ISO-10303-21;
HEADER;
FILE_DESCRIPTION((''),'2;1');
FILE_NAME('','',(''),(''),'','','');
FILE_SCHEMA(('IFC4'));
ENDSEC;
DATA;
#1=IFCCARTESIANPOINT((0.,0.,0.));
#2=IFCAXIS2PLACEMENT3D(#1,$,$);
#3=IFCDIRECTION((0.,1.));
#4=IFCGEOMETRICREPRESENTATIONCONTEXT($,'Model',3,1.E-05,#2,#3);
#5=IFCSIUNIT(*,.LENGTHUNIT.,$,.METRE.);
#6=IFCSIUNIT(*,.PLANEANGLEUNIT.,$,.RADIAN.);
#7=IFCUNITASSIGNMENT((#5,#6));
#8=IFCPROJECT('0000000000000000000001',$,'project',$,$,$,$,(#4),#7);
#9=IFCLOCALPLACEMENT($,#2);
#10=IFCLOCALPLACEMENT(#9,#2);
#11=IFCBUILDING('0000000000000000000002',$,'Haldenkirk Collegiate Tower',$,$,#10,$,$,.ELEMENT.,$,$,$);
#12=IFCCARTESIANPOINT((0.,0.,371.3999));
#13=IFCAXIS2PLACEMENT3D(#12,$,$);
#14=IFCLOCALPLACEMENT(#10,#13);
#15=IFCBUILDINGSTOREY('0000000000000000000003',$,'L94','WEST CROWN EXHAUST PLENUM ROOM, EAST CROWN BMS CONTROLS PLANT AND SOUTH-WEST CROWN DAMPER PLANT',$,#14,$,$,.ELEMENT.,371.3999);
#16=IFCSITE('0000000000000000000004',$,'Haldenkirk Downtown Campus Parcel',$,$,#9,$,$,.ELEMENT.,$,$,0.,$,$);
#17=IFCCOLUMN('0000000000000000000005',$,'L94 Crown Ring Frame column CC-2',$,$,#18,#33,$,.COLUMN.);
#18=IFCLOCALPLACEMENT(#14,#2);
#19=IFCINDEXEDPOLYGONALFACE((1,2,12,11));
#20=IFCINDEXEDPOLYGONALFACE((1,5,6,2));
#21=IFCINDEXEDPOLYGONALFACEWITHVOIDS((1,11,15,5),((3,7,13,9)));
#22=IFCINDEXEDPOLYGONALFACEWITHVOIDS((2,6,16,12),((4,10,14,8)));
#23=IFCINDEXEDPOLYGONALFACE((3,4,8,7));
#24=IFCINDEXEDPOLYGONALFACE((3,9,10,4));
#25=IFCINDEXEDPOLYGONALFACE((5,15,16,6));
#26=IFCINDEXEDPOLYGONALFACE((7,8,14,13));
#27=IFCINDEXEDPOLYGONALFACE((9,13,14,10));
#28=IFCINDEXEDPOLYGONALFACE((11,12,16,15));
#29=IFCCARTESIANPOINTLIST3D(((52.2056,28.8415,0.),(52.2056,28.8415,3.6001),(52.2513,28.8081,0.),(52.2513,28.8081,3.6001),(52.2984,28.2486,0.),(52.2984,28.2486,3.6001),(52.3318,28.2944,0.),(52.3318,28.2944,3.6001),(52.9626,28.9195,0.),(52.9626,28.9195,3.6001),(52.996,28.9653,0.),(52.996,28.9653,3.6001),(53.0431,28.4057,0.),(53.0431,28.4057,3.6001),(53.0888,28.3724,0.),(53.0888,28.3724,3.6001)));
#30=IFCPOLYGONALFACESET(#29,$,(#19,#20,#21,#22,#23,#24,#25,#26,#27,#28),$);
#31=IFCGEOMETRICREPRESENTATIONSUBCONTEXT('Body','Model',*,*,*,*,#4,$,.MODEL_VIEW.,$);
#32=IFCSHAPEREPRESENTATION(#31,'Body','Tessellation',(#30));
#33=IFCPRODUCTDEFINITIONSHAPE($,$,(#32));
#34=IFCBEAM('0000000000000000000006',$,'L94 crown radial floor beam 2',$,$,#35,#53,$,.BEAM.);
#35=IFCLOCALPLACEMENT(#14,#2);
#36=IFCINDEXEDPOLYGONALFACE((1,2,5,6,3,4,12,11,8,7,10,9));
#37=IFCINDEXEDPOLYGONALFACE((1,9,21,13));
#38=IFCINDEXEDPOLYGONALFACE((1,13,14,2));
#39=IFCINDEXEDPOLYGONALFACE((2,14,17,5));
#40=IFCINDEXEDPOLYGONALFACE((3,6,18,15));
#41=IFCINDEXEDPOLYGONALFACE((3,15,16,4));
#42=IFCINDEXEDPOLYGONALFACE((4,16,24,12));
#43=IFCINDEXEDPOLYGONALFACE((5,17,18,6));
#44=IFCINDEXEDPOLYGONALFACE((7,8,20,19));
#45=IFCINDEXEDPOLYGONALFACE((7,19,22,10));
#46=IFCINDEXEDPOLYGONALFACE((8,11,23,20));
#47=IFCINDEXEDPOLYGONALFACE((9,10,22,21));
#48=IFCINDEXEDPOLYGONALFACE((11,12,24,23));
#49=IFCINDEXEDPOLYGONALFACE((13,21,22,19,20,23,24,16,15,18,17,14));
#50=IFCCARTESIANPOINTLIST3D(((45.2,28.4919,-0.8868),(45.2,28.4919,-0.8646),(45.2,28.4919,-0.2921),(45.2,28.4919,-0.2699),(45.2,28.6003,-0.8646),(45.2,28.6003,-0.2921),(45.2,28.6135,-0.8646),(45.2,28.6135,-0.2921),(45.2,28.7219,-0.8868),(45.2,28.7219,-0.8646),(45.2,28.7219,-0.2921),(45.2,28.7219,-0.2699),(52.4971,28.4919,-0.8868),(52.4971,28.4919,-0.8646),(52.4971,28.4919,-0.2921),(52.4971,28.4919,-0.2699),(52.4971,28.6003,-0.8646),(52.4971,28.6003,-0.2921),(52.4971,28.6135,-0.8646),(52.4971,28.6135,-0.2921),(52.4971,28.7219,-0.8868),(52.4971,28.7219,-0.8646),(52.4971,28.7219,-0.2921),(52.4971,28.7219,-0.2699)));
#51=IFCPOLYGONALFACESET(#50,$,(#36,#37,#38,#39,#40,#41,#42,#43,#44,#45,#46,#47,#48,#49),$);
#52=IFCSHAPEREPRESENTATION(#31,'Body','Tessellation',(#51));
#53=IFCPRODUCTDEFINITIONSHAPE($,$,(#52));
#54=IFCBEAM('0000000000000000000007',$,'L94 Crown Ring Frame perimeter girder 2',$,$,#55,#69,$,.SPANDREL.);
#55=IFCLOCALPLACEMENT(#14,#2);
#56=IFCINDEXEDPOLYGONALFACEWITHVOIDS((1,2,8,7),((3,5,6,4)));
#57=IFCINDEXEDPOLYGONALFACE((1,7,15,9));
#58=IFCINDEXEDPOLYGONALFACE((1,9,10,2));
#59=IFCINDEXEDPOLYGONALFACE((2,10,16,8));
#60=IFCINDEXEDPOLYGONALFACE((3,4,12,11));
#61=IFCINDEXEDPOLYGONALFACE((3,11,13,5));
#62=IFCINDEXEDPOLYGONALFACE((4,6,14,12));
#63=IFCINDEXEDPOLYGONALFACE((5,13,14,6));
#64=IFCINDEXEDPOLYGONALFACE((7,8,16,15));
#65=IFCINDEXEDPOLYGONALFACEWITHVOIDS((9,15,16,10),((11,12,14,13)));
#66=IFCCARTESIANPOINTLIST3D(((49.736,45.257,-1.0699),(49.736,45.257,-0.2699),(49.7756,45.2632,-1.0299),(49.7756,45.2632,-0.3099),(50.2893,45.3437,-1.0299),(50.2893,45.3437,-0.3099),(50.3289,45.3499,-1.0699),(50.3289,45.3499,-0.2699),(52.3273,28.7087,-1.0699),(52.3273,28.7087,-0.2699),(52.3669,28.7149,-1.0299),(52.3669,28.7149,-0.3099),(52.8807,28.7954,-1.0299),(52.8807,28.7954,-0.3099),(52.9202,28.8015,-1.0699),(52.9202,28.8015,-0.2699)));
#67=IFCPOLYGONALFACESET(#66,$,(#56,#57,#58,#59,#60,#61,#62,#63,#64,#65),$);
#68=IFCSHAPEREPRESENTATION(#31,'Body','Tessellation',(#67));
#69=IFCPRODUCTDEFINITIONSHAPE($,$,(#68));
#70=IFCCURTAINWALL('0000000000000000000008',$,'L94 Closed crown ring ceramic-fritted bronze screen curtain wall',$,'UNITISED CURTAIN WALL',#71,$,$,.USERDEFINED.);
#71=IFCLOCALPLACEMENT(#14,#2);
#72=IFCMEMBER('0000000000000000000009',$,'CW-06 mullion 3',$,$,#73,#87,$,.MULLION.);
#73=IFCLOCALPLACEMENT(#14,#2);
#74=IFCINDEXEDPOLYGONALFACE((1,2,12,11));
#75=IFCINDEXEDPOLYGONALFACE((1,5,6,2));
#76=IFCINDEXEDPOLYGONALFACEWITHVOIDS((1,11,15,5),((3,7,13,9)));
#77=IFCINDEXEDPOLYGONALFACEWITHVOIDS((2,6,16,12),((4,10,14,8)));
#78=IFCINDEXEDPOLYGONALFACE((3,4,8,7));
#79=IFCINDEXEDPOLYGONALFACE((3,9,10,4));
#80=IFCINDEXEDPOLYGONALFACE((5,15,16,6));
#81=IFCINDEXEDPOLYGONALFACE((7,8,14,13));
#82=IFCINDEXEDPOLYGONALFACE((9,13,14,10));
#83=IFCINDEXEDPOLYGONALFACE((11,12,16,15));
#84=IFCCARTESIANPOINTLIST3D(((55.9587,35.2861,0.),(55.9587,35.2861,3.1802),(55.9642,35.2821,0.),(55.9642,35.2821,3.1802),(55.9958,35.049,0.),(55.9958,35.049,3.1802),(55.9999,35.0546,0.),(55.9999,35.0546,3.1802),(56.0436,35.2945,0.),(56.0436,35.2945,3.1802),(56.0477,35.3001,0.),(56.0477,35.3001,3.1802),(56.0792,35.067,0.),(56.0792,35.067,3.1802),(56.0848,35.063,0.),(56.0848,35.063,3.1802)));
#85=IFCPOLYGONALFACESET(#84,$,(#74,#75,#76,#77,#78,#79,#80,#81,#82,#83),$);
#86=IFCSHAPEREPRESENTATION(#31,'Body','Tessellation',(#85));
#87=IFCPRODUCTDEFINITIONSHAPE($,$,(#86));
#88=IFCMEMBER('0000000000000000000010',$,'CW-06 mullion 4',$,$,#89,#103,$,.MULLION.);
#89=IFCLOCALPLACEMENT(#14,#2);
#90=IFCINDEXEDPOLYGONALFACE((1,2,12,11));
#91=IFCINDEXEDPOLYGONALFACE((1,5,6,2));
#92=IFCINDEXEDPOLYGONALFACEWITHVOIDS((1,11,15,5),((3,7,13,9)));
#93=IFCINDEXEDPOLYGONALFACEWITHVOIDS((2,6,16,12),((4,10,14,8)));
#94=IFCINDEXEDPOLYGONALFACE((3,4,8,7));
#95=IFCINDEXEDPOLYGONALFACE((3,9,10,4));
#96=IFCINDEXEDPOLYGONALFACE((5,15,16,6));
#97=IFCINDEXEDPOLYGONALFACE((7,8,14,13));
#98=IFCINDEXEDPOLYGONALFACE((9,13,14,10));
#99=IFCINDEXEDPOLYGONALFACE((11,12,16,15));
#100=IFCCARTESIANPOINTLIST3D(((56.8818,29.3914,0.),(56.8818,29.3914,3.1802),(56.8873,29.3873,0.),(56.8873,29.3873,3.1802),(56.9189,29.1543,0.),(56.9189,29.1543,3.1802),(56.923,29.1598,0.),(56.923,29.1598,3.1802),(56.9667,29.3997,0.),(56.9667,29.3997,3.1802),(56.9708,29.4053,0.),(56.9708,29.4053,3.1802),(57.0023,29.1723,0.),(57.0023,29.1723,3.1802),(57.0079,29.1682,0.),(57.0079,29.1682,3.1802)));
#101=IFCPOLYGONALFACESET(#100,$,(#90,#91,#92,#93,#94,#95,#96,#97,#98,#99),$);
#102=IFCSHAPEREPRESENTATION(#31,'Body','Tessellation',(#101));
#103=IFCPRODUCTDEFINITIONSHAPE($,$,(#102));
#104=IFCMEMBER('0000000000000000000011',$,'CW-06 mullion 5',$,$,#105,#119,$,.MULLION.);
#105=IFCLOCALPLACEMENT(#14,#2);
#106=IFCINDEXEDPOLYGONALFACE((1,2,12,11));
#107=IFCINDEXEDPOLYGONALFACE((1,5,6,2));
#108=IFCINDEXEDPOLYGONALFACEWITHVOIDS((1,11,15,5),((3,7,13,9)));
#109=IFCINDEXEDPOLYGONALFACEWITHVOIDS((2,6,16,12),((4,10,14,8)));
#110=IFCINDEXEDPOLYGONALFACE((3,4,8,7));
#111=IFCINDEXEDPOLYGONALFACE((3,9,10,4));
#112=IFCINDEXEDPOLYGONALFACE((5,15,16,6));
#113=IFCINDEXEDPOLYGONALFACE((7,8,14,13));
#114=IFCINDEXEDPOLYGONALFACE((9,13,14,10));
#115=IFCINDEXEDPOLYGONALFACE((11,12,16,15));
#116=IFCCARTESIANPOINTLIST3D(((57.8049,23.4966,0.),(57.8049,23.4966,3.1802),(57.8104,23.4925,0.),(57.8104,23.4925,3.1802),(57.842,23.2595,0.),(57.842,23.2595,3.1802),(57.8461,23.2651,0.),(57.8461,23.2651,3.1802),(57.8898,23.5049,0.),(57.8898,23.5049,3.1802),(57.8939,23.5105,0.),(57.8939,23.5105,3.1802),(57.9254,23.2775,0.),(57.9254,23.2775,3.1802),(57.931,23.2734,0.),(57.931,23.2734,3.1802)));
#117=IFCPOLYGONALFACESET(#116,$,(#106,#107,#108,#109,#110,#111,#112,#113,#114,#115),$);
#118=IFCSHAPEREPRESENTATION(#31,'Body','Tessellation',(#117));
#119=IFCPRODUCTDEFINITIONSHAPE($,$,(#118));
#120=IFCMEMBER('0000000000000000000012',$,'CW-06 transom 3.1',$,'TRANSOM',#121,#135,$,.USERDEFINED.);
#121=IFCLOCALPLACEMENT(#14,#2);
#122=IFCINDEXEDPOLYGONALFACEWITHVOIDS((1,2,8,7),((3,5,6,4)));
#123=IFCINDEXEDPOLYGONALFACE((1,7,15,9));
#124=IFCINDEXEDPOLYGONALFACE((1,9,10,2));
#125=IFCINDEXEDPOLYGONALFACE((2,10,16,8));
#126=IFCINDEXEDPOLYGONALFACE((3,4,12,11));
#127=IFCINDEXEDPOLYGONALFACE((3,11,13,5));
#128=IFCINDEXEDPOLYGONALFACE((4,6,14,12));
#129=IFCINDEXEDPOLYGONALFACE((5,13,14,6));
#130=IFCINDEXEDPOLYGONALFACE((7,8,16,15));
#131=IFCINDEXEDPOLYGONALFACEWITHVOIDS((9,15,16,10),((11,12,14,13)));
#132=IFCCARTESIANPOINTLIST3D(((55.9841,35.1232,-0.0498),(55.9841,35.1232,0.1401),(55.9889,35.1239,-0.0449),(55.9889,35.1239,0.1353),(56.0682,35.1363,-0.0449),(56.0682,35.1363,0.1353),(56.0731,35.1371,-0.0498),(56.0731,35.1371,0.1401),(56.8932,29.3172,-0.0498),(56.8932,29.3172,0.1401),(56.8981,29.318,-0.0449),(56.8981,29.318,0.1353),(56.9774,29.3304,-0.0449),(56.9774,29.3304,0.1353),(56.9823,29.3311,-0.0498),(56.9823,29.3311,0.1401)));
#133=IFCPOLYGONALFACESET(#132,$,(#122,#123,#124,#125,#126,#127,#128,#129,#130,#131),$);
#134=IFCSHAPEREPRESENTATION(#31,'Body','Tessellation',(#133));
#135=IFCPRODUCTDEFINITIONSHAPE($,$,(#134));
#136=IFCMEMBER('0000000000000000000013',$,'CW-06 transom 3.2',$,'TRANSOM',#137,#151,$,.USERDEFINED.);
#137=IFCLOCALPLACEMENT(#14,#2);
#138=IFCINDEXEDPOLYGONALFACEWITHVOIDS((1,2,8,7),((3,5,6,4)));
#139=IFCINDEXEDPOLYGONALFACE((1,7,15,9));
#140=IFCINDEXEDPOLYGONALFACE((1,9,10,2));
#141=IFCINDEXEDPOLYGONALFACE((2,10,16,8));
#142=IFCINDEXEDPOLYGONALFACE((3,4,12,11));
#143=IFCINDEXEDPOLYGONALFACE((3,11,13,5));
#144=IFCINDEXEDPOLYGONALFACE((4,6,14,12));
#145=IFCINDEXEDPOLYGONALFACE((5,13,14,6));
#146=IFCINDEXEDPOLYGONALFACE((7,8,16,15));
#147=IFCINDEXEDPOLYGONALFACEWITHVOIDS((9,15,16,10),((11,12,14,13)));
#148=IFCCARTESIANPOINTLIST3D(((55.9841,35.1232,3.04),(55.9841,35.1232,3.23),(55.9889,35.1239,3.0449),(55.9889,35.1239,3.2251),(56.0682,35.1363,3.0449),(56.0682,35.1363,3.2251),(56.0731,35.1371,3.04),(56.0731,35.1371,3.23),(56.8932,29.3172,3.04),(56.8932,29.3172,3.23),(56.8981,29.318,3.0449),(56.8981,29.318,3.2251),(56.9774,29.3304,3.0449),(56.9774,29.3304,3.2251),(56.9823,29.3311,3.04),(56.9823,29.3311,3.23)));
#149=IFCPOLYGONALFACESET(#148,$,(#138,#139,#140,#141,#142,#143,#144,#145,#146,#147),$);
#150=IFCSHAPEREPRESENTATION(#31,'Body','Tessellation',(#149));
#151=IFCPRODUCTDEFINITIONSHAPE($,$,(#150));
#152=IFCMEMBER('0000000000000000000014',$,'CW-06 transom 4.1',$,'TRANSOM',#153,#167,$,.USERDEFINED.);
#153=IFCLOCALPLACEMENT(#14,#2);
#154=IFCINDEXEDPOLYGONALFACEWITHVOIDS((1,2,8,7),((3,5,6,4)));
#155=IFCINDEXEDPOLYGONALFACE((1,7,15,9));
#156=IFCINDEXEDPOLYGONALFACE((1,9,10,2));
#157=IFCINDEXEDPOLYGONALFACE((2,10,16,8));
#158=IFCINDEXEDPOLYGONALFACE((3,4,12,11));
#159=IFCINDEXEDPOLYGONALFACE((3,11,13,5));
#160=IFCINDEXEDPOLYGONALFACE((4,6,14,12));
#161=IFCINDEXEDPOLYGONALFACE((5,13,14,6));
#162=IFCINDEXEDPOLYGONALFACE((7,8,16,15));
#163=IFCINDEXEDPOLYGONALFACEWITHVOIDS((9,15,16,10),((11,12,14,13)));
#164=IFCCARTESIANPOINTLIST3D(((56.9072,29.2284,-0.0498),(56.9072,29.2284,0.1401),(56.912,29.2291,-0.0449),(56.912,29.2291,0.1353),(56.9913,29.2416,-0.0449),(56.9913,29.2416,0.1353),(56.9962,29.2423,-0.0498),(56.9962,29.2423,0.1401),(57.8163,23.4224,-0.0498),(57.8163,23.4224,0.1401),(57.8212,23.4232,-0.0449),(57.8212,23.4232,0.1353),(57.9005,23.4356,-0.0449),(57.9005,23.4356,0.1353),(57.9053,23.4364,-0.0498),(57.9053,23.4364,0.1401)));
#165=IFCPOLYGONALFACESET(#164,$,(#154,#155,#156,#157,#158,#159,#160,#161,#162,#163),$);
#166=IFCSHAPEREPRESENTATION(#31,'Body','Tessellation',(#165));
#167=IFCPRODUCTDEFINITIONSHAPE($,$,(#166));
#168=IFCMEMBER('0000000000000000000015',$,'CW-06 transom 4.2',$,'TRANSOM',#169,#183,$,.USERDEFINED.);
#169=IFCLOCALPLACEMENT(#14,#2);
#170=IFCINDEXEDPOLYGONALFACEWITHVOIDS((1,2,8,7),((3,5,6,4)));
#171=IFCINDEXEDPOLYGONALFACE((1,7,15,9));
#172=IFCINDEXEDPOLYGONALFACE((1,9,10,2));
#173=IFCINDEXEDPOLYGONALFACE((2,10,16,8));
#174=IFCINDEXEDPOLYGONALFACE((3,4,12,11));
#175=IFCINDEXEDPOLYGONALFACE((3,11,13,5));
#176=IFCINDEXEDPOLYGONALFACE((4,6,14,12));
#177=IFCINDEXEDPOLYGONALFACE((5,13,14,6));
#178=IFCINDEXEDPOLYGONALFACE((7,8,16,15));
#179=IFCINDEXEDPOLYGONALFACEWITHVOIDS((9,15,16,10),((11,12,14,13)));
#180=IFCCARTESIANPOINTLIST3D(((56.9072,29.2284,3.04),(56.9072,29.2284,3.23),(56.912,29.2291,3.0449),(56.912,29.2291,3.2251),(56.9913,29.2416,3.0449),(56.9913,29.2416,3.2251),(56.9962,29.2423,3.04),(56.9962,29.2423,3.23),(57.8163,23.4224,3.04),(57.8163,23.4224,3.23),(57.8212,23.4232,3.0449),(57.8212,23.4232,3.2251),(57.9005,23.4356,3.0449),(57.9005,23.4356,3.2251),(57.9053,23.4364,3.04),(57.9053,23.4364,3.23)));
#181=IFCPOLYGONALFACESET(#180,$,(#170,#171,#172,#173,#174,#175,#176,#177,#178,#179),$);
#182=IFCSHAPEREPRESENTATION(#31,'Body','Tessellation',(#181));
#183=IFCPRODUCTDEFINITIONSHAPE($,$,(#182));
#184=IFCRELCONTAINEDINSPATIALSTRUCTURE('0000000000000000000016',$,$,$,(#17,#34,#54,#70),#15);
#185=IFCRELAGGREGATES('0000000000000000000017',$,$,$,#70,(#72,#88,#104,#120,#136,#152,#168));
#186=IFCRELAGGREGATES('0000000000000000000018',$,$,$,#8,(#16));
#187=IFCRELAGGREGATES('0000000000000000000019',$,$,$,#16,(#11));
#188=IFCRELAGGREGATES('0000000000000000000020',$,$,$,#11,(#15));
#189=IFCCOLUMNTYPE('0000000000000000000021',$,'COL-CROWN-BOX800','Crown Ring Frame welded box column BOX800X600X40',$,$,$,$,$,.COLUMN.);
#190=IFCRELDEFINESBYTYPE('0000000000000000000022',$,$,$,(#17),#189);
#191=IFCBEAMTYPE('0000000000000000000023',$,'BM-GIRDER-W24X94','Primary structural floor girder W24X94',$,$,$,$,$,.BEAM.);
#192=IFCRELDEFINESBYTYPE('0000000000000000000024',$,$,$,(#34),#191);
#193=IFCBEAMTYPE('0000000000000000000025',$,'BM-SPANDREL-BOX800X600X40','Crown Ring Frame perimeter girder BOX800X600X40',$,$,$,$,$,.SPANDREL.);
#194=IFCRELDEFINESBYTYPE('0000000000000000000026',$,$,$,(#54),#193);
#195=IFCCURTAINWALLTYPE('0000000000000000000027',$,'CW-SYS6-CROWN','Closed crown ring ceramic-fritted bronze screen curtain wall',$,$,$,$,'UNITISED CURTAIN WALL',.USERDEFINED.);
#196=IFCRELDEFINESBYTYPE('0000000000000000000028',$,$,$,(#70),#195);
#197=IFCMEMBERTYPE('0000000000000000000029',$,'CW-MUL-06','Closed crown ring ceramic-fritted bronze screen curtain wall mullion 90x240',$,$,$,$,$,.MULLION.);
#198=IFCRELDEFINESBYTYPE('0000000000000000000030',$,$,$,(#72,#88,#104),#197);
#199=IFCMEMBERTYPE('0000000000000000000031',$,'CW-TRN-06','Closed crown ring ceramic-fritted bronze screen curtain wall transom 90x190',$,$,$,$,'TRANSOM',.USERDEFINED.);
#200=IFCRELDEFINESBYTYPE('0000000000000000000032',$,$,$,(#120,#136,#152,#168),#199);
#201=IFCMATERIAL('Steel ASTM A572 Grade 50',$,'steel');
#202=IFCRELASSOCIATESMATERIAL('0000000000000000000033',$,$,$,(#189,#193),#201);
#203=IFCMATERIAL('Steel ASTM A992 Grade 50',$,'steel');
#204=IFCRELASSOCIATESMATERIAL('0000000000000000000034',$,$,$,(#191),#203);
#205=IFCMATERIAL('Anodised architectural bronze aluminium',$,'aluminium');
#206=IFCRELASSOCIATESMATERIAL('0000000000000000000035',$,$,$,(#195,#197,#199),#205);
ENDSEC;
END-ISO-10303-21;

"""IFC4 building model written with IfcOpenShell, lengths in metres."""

from ifc_helpers import new_model, si_unit, direction, frame, origin, origin_2d, place, context, subcontext, project, spatial, hollow_rectangle, i_section, extrude, material, material_profile, profile_set, type_object, element, aggregate, save


model = new_model("IFC4")

# Units and contexts
model_context = context("Model", 3, precision=1e-05, world=origin(), true_north=direction((0.0, 1.0)))
body_context = subcontext(model_context, "Body", "Model", "MODEL_VIEW")
ifc_project = project(units=[si_unit("LENGTHUNIT", "METRE"), si_unit("PLANEANGLEUNIT", "RADIAN")], contexts=[model_context])

# Site, building, storey
site_placement = place(None, origin())
site = spatial("IfcSite", under=ifc_project, at=site_placement, Name="Haldenkirk Downtown Campus Parcel", CompositionType="ELEMENT", RefElevation=0.0)
building_placement = place(site_placement, origin())
building = spatial("IfcBuilding", under=site, at=building_placement, Name="Haldenkirk Collegiate Tower", CompositionType="ELEMENT")
storey_placement = place(building_placement, frame((0.0, 0.0, 371.3999)))
storey = spatial("IfcBuildingStorey", under=building, at=storey_placement, Name="L94", Description="WEST CROWN EXHAUST PLENUM ROOM, EAST CROWN BMS CONTROLS PLANT AND SOUTH-WEST CROWN DAMPER PLANT", CompositionType="ELEMENT", Elevation=371.3999)

# Column
ifc_material_1 = material(Name="Steel ASTM A572 Grade 50", Category="steel")
ifc_material_profile_1 = material_profile(ifc_material_1, hollow_rectangle(XDim=0.6001, YDim=0.8, WallThickness=0.04, at=origin_2d()), Name="BOX800X600X40")
ifc_profile_set_1 = profile_set([ifc_material_profile_1], Name="Steel ASTM A572 Grade 50")
column_type = type_object("IfcColumnType", Name="COL-CROWN-BOX800", Description="Crown Ring Frame welded box column BOX800X600X40", PredefinedType="COLUMN", material=ifc_profile_set_1)
column_placement = place(storey_placement, frame((52.6472, 28.6069, 0.0), z_axis=(0.0, 0.0, 1.0), x_axis=(-0.15471, 0.98796, 0.0)))
element("IfcColumn", 1, at=column_placement, inside=storey, type_object=column_type, Name="L94 Crown Ring Frame column CC-2", PredefinedType="COLUMN", context=body_context, shape_type="SweptSolid", body=[
    extrude(hollow_rectangle(XDim=0.6001, YDim=0.8, WallThickness=0.04, at=origin_2d()), origin(), (0.0, 0.0, 1.0), 3.6001),
])

# Beams
ifc_material_2 = material(Name="Steel ASTM A992 Grade 50", Category="steel")
ifc_material_profile_2 = material_profile(ifc_material_2, i_section(OverallWidth=0.23, OverallDepth=0.6169, WebThickness=0.0132, FlangeThickness=0.0222, at=origin_2d()), Name="W24X94")
ifc_profile_set_2 = profile_set([ifc_material_profile_2], Name="Steel ASTM A992 Grade 50")
beam_type_1 = type_object("IfcBeamType", Name="BM-GIRDER-W24X94", Description="Primary structural floor girder W24X94", PredefinedType="BEAM", material=ifc_profile_set_2)
beam_1_placement = place(storey_placement, frame((52.4971, 28.6069, -0.5784), z_axis=(-1.0, 0.0, 0.0), x_axis=(0.0, -1.0, 0.0)))
element("IfcBeam", 2, at=beam_1_placement, inside=storey, type_object=beam_type_1, Name="L94 crown radial floor beam 2", PredefinedType="BEAM", context=body_context, shape_type="SweptSolid", body=[
    extrude(i_section(OverallWidth=0.23, OverallDepth=0.6169, WebThickness=0.0132, FlangeThickness=0.0222, at=origin_2d()), origin(), (0.0, 0.0, 1.0), 7.2971),
])
ifc_material_profile_3 = material_profile(ifc_material_1, hollow_rectangle(XDim=0.6001, YDim=0.8, WallThickness=0.04, at=origin_2d()), Name="BOX800X600X40")
ifc_profile_set_3 = profile_set([ifc_material_profile_3], Name="Steel ASTM A572 Grade 50")
beam_type_2 = type_object("IfcBeamType", Name="BM-SPANDREL-BOX800X600X40", Description="Crown Ring Frame perimeter girder BOX800X600X40", PredefinedType="SPANDREL", material=ifc_profile_set_3)
beam_2_placement = place(storey_placement, frame((52.6238, 28.7551, -0.6699), z_axis=(-0.154705, 0.987961, 0.0), x_axis=(-0.987961, -0.154705, 0.0)))
element("IfcBeam", 3, at=beam_2_placement, inside=storey, type_object=beam_type_2, Name="L94 Crown Ring Frame perimeter girder 2", PredefinedType="SPANDREL", context=body_context, shape_type="SweptSolid", body=[
    extrude(hollow_rectangle(XDim=0.6001, YDim=0.8, WallThickness=0.04, at=origin_2d()), origin(), (0.0, 0.0, 1.0), 16.75),
])

# Curtain wall, members
ifc_material_3 = material(Name="Anodised architectural bronze aluminium", Category="aluminium")
curtain_wall_type = type_object("IfcCurtainWallType", Name="CW-SYS6-CROWN", Description="Closed crown ring ceramic-fritted bronze screen curtain wall", ElementType="UNITISED CURTAIN WALL", PredefinedType="USERDEFINED", material=ifc_material_3)
curtain_wall_placement = place(storey_placement, origin())
curtain_wall = element("IfcCurtainWall", 4, at=curtain_wall_placement, inside=storey, type_object=curtain_wall_type, Name="L94 Closed crown ring ceramic-fritted bronze screen curtain wall", ObjectType="UNITISED CURTAIN WALL", PredefinedType="USERDEFINED")
ifc_material_profile_4 = material_profile(ifc_material_3, hollow_rectangle(XDim=0.0901, YDim=0.24, WallThickness=0.0049, at=origin_2d()), Name="CW-MUL-06")
ifc_profile_set_4 = profile_set([ifc_material_profile_4], Name="Anodised architectural bronze aluminium")
member_type_1 = type_object("IfcMemberType", Name="CW-MUL-06", Description="Closed crown ring ceramic-fritted bronze screen curtain wall mullion 90x240", PredefinedType="MULLION", material=ifc_profile_set_4)
member_1_placement = place(storey_placement, frame((56.0217, 35.1746, 0.0), z_axis=(0.0, 0.0, 1.0), x_axis=(0.98796, 0.154713, 0.0)))
member_1 = element("IfcMember", 5, at=member_1_placement, type_object=member_type_1, Name="CW-06 mullion 3", PredefinedType="MULLION", context=body_context, shape_type="SweptSolid", body=[
    extrude(hollow_rectangle(XDim=0.0901, YDim=0.24, WallThickness=0.0049, at=origin_2d()), origin(), (0.0, 0.0, 1.0), 3.1802),
])
member_2_placement = place(storey_placement, frame((56.9448, 29.2798, 0.0), z_axis=(0.0, 0.0, 1.0), x_axis=(0.98796, 0.154713, 0.0)))
member_2 = element("IfcMember", 6, at=member_2_placement, type_object=member_type_1, Name="CW-06 mullion 4", PredefinedType="MULLION", context=body_context, shape_type="SweptSolid", body=[
    extrude(hollow_rectangle(XDim=0.0901, YDim=0.24, WallThickness=0.0049, at=origin_2d()), origin(), (0.0, 0.0, 1.0), 3.1802),
])
member_3_placement = place(storey_placement, frame((57.8679, 23.385, 0.0), z_axis=(0.0, 0.0, 1.0), x_axis=(0.98796, 0.154713, 0.0)))
member_3 = element("IfcMember", 7, at=member_3_placement, type_object=member_type_1, Name="CW-06 mullion 5", PredefinedType="MULLION", context=body_context, shape_type="SweptSolid", body=[
    extrude(hollow_rectangle(XDim=0.0901, YDim=0.24, WallThickness=0.0049, at=origin_2d()), origin(), (0.0, 0.0, 1.0), 3.1802),
])
ifc_material_profile_5 = material_profile(ifc_material_3, hollow_rectangle(XDim=0.0901, YDim=0.1899, WallThickness=0.0049, at=origin_2d()), Name="CW-TRN-06")
ifc_profile_set_5 = profile_set([ifc_material_profile_5], Name="Anodised architectural bronze aluminium")
member_type_2 = type_object("IfcMemberType", Name="CW-TRN-06", Description="Closed crown ring ceramic-fritted bronze screen curtain wall transom 90x190", ElementType="TRANSOM", PredefinedType="USERDEFINED", material=ifc_profile_set_5)
member_4_placement = place(storey_placement, frame((56.0286, 35.1301, 0.0452), z_axis=(0.15471, -0.98796, 0.0), x_axis=(0.98796, 0.15471, 0.0)))
member_4 = element("IfcMember", 8, at=member_4_placement, type_object=member_type_2, Name="CW-06 transom 3.1", ObjectType="TRANSOM", PredefinedType="USERDEFINED", context=body_context, shape_type="SweptSolid", body=[
    extrude(hollow_rectangle(XDim=0.0901, YDim=0.1899, WallThickness=0.0049, at=origin_2d()), origin(), (0.0, 0.0, 1.0), 5.8767),
])
member_5_placement = place(storey_placement, frame((56.0286, 35.1301, 3.135), z_axis=(0.15471, -0.98796, 0.0), x_axis=(0.98796, 0.15471, 0.0)))
member_5 = element("IfcMember", 9, at=member_5_placement, type_object=member_type_2, Name="CW-06 transom 3.2", ObjectType="TRANSOM", PredefinedType="USERDEFINED", context=body_context, shape_type="SweptSolid", body=[
    extrude(hollow_rectangle(XDim=0.0901, YDim=0.1899, WallThickness=0.0049, at=origin_2d()), origin(), (0.0, 0.0, 1.0), 5.8767),
])
member_6_placement = place(storey_placement, frame((56.9517, 29.2354, 0.0452), z_axis=(0.15471, -0.98796, 0.0), x_axis=(0.98796, 0.15471, 0.0)))
member_6 = element("IfcMember", 10, at=member_6_placement, type_object=member_type_2, Name="CW-06 transom 4.1", ObjectType="TRANSOM", PredefinedType="USERDEFINED", context=body_context, shape_type="SweptSolid", body=[
    extrude(hollow_rectangle(XDim=0.0901, YDim=0.1899, WallThickness=0.0049, at=origin_2d()), origin(), (0.0, 0.0, 1.0), 5.8767),
])
member_7_placement = place(storey_placement, frame((56.9517, 29.2354, 3.135), z_axis=(0.15471, -0.98796, 0.0), x_axis=(0.98796, 0.15471, 0.0)))
member_7 = element("IfcMember", 11, at=member_7_placement, type_object=member_type_2, Name="CW-06 transom 4.2", ObjectType="TRANSOM", PredefinedType="USERDEFINED", context=body_context, shape_type="SweptSolid", body=[
    extrude(hollow_rectangle(XDim=0.0901, YDim=0.1899, WallThickness=0.0049, at=origin_2d()), origin(), (0.0, 0.0, 1.0), 5.8767),
])

aggregate(curtain_wall, [member_1, member_2, member_3, member_4, member_5, member_6, member_7])

save(model, "model.ifc")
